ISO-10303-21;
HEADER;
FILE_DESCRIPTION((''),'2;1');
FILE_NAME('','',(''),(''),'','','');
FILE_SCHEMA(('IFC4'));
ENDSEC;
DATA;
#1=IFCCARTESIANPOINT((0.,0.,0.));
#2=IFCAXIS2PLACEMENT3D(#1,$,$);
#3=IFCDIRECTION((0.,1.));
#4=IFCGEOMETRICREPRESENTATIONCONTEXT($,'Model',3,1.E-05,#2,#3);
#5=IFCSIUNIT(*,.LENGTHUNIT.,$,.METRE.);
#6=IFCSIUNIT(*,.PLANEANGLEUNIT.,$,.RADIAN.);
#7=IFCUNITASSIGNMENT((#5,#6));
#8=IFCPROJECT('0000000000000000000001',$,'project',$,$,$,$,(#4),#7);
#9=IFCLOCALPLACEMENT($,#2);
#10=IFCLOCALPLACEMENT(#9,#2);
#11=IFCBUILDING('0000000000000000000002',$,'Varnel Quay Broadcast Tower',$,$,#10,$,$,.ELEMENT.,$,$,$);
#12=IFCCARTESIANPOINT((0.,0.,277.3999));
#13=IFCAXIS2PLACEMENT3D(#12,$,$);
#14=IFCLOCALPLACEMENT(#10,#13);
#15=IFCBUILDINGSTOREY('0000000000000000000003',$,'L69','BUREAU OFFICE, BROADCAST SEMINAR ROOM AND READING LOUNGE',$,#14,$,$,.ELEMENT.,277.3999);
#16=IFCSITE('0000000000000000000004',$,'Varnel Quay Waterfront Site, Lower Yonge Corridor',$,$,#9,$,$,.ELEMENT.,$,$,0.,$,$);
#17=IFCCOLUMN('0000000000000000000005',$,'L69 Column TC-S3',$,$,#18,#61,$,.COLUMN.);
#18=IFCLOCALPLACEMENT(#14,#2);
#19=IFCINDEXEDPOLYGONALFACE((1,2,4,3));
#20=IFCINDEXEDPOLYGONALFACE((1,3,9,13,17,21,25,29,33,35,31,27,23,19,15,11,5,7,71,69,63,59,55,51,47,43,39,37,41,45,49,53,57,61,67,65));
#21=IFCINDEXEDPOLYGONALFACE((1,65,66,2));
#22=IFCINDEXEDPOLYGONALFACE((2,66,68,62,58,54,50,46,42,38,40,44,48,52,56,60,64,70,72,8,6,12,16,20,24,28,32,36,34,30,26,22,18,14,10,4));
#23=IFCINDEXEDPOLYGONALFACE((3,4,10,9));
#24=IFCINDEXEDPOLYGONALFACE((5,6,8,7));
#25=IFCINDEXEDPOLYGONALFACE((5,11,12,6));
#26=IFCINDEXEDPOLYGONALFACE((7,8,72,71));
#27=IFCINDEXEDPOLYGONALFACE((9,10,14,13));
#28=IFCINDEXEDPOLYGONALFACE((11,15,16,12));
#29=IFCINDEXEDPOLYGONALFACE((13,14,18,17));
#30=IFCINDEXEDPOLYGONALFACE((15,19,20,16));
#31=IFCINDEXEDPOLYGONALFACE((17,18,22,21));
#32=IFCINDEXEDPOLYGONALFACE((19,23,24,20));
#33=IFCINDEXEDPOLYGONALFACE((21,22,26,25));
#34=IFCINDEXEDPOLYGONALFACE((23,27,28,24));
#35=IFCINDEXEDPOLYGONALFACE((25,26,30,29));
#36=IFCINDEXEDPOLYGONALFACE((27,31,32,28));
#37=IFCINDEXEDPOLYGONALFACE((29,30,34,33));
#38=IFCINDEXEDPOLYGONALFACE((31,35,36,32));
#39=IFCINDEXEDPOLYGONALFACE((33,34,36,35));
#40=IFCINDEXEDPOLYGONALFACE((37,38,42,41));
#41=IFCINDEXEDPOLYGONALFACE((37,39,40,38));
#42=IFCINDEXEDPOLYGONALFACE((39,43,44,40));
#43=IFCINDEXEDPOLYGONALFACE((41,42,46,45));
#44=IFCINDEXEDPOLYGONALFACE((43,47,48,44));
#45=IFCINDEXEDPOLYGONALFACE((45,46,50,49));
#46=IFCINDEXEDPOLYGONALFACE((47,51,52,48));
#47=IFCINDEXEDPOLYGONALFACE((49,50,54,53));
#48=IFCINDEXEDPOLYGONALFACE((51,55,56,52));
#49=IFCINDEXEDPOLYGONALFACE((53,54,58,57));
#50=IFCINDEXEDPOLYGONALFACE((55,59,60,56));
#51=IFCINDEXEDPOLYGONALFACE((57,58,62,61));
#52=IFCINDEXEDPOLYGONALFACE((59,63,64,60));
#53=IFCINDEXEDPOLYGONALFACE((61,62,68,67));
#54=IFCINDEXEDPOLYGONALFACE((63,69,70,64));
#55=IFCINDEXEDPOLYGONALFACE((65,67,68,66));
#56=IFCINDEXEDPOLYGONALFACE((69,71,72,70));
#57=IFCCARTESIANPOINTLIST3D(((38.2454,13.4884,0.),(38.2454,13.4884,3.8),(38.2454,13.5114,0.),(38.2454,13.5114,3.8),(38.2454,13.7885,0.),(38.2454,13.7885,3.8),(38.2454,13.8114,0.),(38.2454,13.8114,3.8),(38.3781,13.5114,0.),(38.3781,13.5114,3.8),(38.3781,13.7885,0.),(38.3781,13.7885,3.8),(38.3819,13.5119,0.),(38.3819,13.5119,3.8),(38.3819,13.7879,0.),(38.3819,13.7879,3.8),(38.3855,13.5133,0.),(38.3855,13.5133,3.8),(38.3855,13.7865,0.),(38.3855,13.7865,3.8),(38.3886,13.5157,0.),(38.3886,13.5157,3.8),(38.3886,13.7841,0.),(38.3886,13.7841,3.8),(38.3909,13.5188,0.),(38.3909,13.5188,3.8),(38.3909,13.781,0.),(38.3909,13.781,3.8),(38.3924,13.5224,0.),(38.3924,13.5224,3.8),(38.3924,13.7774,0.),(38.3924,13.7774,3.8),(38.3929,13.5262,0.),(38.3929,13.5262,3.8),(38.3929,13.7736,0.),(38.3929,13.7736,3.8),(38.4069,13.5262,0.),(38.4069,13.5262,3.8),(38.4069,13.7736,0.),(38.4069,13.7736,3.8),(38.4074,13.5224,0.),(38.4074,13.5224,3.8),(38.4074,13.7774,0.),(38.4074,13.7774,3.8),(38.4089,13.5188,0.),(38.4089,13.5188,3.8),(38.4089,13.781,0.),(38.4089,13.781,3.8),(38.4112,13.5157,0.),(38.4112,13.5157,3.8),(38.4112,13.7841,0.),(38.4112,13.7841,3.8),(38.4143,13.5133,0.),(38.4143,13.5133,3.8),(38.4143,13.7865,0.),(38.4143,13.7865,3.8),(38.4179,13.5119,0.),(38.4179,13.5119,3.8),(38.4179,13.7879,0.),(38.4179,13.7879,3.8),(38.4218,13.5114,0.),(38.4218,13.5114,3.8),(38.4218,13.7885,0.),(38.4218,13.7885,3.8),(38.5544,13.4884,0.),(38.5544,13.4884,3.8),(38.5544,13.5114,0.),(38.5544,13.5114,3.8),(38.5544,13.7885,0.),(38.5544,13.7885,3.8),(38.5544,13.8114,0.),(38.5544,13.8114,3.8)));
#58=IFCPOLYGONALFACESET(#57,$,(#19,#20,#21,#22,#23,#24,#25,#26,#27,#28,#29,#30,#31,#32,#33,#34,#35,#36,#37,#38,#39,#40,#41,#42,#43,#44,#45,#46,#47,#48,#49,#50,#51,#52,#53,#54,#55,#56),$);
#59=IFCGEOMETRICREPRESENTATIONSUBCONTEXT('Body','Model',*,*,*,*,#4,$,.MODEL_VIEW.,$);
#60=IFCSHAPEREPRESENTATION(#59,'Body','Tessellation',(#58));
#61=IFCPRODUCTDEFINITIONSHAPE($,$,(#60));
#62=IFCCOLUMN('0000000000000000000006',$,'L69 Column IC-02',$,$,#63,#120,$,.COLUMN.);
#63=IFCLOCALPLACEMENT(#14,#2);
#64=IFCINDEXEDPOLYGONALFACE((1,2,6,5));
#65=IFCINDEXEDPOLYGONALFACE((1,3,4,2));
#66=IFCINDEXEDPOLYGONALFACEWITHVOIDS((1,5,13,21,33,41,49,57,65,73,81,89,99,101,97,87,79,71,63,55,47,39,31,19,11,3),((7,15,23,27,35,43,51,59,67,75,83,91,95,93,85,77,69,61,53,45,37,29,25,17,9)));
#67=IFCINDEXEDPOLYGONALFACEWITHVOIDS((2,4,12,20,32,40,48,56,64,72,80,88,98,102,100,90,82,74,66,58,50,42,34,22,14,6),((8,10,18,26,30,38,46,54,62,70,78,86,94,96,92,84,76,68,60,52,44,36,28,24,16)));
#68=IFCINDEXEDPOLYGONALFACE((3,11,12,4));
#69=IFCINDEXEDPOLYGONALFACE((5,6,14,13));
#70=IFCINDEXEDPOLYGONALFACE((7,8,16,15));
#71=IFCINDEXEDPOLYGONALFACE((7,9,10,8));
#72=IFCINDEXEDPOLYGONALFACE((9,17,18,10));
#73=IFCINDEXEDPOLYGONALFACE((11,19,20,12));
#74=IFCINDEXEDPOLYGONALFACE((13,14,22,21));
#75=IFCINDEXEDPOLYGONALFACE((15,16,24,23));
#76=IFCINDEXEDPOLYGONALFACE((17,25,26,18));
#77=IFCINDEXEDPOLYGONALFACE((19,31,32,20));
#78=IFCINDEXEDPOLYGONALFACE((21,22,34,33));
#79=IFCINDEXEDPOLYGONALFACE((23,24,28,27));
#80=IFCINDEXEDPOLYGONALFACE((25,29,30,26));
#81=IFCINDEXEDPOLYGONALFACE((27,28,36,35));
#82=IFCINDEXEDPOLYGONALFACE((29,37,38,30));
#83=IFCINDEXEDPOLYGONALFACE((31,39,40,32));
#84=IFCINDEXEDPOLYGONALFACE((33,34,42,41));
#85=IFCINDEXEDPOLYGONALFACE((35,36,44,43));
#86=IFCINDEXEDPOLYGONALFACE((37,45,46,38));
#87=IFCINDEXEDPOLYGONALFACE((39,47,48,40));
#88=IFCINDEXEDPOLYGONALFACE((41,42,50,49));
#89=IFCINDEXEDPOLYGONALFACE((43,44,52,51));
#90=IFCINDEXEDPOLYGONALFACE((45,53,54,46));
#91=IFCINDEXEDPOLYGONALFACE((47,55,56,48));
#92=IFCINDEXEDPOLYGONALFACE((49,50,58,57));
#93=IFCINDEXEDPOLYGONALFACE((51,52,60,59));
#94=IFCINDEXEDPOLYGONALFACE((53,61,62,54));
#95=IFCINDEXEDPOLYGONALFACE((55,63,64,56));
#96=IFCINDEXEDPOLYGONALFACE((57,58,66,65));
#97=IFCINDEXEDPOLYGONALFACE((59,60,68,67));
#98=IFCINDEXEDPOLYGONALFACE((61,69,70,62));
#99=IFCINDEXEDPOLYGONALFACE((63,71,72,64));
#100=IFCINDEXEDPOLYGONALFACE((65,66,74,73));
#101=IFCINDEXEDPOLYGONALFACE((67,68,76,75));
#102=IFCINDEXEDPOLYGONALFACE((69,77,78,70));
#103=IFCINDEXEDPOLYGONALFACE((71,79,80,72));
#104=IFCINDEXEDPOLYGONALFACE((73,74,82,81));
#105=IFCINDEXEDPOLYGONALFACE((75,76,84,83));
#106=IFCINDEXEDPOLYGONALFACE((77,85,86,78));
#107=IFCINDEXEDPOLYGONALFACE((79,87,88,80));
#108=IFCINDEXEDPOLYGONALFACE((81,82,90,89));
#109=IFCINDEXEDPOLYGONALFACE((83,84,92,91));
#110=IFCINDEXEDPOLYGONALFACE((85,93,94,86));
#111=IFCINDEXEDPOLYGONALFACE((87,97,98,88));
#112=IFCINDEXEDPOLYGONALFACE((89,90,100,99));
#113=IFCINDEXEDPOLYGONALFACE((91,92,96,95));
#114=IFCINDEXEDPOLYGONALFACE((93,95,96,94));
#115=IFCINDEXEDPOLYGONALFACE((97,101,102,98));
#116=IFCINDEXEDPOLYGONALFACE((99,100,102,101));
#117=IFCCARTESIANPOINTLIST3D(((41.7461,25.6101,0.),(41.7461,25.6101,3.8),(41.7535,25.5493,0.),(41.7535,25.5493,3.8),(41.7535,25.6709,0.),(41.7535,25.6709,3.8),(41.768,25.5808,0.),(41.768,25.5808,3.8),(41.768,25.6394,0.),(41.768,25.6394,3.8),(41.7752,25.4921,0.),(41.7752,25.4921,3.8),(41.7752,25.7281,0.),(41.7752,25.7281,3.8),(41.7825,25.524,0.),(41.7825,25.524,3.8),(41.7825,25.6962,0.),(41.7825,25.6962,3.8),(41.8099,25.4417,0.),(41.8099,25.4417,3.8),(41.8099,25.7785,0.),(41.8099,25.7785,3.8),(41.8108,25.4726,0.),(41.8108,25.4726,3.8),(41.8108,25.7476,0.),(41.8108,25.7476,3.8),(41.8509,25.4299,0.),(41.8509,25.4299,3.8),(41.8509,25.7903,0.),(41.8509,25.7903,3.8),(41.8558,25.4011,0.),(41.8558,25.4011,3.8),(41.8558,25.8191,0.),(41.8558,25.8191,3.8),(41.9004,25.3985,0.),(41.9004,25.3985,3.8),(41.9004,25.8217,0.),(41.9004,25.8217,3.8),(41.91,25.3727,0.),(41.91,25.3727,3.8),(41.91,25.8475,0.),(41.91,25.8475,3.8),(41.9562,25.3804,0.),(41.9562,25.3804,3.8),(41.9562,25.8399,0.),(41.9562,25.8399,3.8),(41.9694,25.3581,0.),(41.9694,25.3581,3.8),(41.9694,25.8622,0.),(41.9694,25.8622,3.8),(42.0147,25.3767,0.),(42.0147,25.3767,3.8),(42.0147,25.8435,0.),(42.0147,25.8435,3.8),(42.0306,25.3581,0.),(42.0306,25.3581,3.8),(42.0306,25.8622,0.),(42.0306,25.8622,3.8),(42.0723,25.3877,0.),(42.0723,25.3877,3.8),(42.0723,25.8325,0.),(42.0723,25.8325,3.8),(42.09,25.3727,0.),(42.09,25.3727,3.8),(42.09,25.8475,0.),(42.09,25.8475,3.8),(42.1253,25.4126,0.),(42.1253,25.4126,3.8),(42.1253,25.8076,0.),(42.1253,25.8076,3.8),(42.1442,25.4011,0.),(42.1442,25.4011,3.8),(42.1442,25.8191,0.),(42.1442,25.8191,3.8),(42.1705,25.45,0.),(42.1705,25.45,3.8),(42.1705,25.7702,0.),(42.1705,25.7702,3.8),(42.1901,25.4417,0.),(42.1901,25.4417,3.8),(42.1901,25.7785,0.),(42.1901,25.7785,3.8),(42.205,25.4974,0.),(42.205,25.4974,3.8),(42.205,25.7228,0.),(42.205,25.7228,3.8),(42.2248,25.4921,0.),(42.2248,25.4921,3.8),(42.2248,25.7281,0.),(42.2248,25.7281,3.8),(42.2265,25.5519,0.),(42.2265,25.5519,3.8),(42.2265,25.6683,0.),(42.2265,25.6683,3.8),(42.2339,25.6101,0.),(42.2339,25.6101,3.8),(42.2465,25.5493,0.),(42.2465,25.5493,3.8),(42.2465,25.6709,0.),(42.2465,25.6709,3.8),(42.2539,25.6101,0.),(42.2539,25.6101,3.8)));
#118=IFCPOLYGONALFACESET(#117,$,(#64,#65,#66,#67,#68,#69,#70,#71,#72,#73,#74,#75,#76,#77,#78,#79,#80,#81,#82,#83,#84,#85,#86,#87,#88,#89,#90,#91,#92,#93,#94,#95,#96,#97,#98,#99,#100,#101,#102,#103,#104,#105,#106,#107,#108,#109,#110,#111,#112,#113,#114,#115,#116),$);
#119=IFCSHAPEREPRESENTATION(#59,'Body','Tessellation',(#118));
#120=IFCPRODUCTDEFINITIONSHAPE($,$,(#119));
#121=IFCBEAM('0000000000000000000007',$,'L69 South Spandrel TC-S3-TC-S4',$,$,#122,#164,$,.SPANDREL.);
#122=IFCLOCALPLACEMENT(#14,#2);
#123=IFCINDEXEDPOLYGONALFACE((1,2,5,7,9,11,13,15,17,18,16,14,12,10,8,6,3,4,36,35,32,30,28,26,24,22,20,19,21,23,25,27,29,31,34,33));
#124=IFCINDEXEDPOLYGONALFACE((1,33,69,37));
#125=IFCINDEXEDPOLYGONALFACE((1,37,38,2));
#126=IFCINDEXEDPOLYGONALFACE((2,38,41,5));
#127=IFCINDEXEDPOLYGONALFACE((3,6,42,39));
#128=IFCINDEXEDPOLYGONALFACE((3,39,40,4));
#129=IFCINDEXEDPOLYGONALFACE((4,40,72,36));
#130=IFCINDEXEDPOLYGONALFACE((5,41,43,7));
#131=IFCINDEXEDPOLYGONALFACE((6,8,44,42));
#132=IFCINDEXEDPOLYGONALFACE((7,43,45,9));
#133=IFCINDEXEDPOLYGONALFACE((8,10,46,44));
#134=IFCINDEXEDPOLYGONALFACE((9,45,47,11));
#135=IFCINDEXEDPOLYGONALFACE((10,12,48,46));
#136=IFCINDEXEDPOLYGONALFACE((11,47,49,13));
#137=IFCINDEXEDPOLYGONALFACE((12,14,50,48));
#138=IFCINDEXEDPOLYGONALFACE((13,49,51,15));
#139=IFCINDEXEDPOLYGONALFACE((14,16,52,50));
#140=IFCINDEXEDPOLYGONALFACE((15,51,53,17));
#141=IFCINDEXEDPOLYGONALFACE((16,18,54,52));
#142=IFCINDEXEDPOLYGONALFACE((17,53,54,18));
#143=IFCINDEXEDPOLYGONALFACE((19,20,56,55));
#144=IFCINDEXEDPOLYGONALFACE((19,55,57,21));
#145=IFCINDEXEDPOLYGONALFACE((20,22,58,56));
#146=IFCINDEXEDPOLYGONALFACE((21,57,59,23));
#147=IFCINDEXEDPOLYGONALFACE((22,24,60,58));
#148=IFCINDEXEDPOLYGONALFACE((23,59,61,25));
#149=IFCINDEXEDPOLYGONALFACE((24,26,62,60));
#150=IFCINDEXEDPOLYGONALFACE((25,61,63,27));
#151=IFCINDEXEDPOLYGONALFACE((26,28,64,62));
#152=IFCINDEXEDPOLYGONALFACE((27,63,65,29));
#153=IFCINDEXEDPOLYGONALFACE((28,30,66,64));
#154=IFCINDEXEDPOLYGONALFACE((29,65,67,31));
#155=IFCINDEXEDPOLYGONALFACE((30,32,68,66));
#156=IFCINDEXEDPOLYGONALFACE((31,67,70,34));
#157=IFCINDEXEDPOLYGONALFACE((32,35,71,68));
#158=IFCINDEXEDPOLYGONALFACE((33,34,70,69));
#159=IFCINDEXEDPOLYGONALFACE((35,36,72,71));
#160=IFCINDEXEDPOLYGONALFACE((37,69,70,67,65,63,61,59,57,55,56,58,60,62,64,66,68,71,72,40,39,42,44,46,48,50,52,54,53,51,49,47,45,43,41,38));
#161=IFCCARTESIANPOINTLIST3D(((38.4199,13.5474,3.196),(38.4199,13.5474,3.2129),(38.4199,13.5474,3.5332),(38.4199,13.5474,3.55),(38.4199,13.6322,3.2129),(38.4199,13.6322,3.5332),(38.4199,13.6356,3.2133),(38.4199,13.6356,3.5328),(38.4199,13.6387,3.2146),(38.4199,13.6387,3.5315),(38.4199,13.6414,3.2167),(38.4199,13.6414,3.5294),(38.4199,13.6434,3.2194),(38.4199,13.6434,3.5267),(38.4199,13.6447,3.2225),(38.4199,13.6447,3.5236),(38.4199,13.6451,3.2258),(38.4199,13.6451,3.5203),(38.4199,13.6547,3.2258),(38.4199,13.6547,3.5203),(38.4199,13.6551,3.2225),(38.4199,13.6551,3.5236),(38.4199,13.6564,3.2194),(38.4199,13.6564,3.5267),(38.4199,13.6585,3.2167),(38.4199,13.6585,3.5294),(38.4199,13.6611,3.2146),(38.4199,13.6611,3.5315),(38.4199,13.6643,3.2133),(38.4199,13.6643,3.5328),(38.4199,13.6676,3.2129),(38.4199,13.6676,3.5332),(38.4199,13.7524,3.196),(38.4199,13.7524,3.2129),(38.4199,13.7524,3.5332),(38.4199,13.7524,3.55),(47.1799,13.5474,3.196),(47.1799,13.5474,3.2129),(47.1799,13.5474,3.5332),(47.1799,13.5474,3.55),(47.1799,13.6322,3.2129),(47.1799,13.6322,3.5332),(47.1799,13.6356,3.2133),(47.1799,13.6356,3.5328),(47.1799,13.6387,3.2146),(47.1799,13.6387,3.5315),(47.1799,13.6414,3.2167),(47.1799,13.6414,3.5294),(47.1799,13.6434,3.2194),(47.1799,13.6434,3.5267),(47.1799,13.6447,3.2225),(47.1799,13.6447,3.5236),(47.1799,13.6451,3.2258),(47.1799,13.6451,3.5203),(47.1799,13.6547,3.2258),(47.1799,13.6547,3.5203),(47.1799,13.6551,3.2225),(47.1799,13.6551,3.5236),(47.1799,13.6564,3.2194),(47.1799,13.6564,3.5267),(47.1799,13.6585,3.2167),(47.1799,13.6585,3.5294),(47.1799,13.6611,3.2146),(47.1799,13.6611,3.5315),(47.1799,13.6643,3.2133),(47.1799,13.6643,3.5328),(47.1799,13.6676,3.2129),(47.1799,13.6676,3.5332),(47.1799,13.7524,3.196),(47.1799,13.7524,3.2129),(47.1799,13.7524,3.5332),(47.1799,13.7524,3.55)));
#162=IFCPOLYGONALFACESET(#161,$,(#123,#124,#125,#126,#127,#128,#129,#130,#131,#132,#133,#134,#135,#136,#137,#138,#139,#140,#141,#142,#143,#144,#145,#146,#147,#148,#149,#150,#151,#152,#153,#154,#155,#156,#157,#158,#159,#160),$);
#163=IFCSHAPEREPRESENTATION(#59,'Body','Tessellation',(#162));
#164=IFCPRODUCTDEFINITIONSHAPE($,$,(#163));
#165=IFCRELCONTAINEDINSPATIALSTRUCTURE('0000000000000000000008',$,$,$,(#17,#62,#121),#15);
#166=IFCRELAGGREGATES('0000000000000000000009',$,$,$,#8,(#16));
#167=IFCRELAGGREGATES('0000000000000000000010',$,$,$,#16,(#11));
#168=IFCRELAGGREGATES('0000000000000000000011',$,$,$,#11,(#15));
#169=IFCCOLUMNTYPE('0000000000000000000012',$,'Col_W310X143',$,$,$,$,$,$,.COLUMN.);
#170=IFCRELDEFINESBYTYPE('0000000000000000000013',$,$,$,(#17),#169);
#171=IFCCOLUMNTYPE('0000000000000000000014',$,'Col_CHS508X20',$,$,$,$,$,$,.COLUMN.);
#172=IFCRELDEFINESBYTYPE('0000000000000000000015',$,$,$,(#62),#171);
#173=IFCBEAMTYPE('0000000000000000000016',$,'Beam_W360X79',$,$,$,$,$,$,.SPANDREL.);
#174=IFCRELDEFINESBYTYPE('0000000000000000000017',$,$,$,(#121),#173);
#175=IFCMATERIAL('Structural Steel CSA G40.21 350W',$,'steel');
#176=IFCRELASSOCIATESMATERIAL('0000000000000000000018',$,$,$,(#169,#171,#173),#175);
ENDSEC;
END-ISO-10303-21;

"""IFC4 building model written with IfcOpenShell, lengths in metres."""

from ifc_helpers import new_model, si_unit, direction, frame, origin, origin_2d, place, context, subcontext, project, spatial, hollow_circle, i_section, extrude, source, transform, mapped, material, material_profile, profile_set, type_object, type_shapes, element, save


model = new_model("IFC4")

# Units and contexts
model_context = context("Model", 3, precision=1e-05, world=origin(), true_north=direction((0.0, 1.0)))
body_context = subcontext(model_context, "Body", "Model", "MODEL_VIEW")
ifc_project = project(units=[si_unit("LENGTHUNIT", "METRE"), si_unit("PLANEANGLEUNIT", "RADIAN")], contexts=[model_context])

# Site, building, storey
site_placement = place(None, origin())
site = spatial("IfcSite", under=ifc_project, at=site_placement, Name="Varnel Quay Waterfront Site, Lower Yonge Corridor", CompositionType="ELEMENT", RefElevation=0.0)
building_placement = place(site_placement, origin())
building = spatial("IfcBuilding", under=site, at=building_placement, Name="Varnel Quay Broadcast Tower", CompositionType="ELEMENT")
storey_placement = place(building_placement, frame((0.0, 0.0, 277.3999)))
storey = spatial("IfcBuildingStorey", under=building, at=storey_placement, Name="L69", Description="BUREAU OFFICE, BROADCAST SEMINAR ROOM AND READING LOUNGE", CompositionType="ELEMENT", Elevation=277.3999)

# Columns
ifc_material_1 = material(Name="Structural Steel CSA G40.21 350W", Category="steel")
ifc_material_profile_1 = material_profile(ifc_material_1, i_section(OverallWidth=0.3091, OverallDepth=0.323, WebThickness=0.0139, FlangeThickness=0.0229, FilletRadius=0.0149, at=origin_2d()), Name="W310X143")
ifc_profile_set_1 = profile_set([ifc_material_profile_1], Name="Structural Steel CSA G40.21 350W")
column_type_1 = type_object("IfcColumnType", Name="Col_W310X143", PredefinedType="COLUMN", material=ifc_profile_set_1)
shared_shape_1 = source(origin(), body_context, "Body", "SweptSolid", [
    extrude(i_section(OverallWidth=0.3091, OverallDepth=0.323, WebThickness=0.0139, FlangeThickness=0.0229, FilletRadius=0.0149, at=origin_2d()), origin(), (0.0, 0.0, 1.0), 3.8),
])
type_shapes(column_type_1, [shared_shape_1])
column_1_placement = place(storey_placement, frame((38.3999, 13.6499, 0.0), z_axis=(0.0, 0.0, 1.0), x_axis=(1.0, 0.0, 0.0)))
element("IfcColumn", 1, at=column_1_placement, inside=storey, type_object=column_type_1, Name="L69 Column TC-S3", PredefinedType="COLUMN", context=body_context, shape_type="MappedRepresentation", body=[
    mapped(shared_shape_1, transform((0.0, 0.0, 0.0), x_axis=(1.0, 0.0, 0.0), y_axis=(0.0, 1.0, 0.0), z_axis=(0.0, 0.0, 1.0), scale=1.0)),
])
ifc_material_profile_2 = material_profile(ifc_material_1, hollow_circle(Radius=0.2539, WallThickness=0.02, at=origin_2d()), Name="CHS508X20")
ifc_profile_set_2 = profile_set([ifc_material_profile_2], Name="Structural Steel CSA G40.21 350W")
column_type_2 = type_object("IfcColumnType", Name="Col_CHS508X20", PredefinedType="COLUMN", material=ifc_profile_set_2)
shared_shape_2 = source(origin(), body_context, "Body", "SweptSolid", [
    extrude(hollow_circle(Radius=0.2539, WallThickness=0.02, at=origin_2d()), origin(), (0.0, 0.0, 1.0), 3.8),
])
type_shapes(column_type_2, [shared_shape_2])
column_2_placement = place(storey_placement, frame((42.0, 25.6101, 0.0), z_axis=(0.0, 0.0, 1.0), x_axis=(1.0, 0.0, 0.0)))
element("IfcColumn", 2, at=column_2_placement, inside=storey, type_object=column_type_2, Name="L69 Column IC-02", PredefinedType="COLUMN", context=body_context, shape_type="MappedRepresentation", body=[
    mapped(shared_shape_2, transform((0.0, 0.0, 0.0), x_axis=(1.0, 0.0, 0.0), y_axis=(0.0, 1.0, 0.0), z_axis=(0.0, 0.0, 1.0), scale=1.0)),
])

# Beam
ifc_material_profile_3 = material_profile(ifc_material_1, i_section(OverallWidth=0.2051, OverallDepth=0.354, WebThickness=0.0095, FlangeThickness=0.0168, FilletRadius=0.0129, at=origin_2d()), Name="W360X79")
ifc_profile_set_3 = profile_set([ifc_material_profile_3], Name="Structural Steel CSA G40.21 350W")
beam_type_1 = type_object("IfcBeamType", Name="Beam_W360X79", PredefinedType="SPANDREL", material=ifc_profile_set_3)
shared_shape_3 = source(origin(), body_context, "Body", "SweptSolid", [
    extrude(i_section(OverallWidth=0.2051, OverallDepth=0.354, WebThickness=0.0095, FlangeThickness=0.0168, FilletRadius=0.0129, at=origin_2d()), origin(), (0.0, 0.0, 1.0), 8.76),
])
type_shapes(beam_type_1, [shared_shape_3])
beam_1_placement = place(storey_placement, frame((38.4199, 13.6499, 3.373), z_axis=(1.0, 0.0, 0.0), x_axis=(0.0, 1.0, 0.0)))
element("IfcBeam", 3, at=beam_1_placement, inside=storey, type_object=beam_type_1, Name="L69 South Spandrel TC-S3-TC-S4", PredefinedType="SPANDREL", context=body_context, shape_type="MappedRepresentation", body=[
    mapped(shared_shape_3, transform((0.0, 0.0, 0.0), x_axis=(1.0, 0.0, 0.0), y_axis=(0.0, 1.0, 0.0), z_axis=(0.0, 0.0, 1.0), scale=1.0)),
])

save(model, "model.ifc")
